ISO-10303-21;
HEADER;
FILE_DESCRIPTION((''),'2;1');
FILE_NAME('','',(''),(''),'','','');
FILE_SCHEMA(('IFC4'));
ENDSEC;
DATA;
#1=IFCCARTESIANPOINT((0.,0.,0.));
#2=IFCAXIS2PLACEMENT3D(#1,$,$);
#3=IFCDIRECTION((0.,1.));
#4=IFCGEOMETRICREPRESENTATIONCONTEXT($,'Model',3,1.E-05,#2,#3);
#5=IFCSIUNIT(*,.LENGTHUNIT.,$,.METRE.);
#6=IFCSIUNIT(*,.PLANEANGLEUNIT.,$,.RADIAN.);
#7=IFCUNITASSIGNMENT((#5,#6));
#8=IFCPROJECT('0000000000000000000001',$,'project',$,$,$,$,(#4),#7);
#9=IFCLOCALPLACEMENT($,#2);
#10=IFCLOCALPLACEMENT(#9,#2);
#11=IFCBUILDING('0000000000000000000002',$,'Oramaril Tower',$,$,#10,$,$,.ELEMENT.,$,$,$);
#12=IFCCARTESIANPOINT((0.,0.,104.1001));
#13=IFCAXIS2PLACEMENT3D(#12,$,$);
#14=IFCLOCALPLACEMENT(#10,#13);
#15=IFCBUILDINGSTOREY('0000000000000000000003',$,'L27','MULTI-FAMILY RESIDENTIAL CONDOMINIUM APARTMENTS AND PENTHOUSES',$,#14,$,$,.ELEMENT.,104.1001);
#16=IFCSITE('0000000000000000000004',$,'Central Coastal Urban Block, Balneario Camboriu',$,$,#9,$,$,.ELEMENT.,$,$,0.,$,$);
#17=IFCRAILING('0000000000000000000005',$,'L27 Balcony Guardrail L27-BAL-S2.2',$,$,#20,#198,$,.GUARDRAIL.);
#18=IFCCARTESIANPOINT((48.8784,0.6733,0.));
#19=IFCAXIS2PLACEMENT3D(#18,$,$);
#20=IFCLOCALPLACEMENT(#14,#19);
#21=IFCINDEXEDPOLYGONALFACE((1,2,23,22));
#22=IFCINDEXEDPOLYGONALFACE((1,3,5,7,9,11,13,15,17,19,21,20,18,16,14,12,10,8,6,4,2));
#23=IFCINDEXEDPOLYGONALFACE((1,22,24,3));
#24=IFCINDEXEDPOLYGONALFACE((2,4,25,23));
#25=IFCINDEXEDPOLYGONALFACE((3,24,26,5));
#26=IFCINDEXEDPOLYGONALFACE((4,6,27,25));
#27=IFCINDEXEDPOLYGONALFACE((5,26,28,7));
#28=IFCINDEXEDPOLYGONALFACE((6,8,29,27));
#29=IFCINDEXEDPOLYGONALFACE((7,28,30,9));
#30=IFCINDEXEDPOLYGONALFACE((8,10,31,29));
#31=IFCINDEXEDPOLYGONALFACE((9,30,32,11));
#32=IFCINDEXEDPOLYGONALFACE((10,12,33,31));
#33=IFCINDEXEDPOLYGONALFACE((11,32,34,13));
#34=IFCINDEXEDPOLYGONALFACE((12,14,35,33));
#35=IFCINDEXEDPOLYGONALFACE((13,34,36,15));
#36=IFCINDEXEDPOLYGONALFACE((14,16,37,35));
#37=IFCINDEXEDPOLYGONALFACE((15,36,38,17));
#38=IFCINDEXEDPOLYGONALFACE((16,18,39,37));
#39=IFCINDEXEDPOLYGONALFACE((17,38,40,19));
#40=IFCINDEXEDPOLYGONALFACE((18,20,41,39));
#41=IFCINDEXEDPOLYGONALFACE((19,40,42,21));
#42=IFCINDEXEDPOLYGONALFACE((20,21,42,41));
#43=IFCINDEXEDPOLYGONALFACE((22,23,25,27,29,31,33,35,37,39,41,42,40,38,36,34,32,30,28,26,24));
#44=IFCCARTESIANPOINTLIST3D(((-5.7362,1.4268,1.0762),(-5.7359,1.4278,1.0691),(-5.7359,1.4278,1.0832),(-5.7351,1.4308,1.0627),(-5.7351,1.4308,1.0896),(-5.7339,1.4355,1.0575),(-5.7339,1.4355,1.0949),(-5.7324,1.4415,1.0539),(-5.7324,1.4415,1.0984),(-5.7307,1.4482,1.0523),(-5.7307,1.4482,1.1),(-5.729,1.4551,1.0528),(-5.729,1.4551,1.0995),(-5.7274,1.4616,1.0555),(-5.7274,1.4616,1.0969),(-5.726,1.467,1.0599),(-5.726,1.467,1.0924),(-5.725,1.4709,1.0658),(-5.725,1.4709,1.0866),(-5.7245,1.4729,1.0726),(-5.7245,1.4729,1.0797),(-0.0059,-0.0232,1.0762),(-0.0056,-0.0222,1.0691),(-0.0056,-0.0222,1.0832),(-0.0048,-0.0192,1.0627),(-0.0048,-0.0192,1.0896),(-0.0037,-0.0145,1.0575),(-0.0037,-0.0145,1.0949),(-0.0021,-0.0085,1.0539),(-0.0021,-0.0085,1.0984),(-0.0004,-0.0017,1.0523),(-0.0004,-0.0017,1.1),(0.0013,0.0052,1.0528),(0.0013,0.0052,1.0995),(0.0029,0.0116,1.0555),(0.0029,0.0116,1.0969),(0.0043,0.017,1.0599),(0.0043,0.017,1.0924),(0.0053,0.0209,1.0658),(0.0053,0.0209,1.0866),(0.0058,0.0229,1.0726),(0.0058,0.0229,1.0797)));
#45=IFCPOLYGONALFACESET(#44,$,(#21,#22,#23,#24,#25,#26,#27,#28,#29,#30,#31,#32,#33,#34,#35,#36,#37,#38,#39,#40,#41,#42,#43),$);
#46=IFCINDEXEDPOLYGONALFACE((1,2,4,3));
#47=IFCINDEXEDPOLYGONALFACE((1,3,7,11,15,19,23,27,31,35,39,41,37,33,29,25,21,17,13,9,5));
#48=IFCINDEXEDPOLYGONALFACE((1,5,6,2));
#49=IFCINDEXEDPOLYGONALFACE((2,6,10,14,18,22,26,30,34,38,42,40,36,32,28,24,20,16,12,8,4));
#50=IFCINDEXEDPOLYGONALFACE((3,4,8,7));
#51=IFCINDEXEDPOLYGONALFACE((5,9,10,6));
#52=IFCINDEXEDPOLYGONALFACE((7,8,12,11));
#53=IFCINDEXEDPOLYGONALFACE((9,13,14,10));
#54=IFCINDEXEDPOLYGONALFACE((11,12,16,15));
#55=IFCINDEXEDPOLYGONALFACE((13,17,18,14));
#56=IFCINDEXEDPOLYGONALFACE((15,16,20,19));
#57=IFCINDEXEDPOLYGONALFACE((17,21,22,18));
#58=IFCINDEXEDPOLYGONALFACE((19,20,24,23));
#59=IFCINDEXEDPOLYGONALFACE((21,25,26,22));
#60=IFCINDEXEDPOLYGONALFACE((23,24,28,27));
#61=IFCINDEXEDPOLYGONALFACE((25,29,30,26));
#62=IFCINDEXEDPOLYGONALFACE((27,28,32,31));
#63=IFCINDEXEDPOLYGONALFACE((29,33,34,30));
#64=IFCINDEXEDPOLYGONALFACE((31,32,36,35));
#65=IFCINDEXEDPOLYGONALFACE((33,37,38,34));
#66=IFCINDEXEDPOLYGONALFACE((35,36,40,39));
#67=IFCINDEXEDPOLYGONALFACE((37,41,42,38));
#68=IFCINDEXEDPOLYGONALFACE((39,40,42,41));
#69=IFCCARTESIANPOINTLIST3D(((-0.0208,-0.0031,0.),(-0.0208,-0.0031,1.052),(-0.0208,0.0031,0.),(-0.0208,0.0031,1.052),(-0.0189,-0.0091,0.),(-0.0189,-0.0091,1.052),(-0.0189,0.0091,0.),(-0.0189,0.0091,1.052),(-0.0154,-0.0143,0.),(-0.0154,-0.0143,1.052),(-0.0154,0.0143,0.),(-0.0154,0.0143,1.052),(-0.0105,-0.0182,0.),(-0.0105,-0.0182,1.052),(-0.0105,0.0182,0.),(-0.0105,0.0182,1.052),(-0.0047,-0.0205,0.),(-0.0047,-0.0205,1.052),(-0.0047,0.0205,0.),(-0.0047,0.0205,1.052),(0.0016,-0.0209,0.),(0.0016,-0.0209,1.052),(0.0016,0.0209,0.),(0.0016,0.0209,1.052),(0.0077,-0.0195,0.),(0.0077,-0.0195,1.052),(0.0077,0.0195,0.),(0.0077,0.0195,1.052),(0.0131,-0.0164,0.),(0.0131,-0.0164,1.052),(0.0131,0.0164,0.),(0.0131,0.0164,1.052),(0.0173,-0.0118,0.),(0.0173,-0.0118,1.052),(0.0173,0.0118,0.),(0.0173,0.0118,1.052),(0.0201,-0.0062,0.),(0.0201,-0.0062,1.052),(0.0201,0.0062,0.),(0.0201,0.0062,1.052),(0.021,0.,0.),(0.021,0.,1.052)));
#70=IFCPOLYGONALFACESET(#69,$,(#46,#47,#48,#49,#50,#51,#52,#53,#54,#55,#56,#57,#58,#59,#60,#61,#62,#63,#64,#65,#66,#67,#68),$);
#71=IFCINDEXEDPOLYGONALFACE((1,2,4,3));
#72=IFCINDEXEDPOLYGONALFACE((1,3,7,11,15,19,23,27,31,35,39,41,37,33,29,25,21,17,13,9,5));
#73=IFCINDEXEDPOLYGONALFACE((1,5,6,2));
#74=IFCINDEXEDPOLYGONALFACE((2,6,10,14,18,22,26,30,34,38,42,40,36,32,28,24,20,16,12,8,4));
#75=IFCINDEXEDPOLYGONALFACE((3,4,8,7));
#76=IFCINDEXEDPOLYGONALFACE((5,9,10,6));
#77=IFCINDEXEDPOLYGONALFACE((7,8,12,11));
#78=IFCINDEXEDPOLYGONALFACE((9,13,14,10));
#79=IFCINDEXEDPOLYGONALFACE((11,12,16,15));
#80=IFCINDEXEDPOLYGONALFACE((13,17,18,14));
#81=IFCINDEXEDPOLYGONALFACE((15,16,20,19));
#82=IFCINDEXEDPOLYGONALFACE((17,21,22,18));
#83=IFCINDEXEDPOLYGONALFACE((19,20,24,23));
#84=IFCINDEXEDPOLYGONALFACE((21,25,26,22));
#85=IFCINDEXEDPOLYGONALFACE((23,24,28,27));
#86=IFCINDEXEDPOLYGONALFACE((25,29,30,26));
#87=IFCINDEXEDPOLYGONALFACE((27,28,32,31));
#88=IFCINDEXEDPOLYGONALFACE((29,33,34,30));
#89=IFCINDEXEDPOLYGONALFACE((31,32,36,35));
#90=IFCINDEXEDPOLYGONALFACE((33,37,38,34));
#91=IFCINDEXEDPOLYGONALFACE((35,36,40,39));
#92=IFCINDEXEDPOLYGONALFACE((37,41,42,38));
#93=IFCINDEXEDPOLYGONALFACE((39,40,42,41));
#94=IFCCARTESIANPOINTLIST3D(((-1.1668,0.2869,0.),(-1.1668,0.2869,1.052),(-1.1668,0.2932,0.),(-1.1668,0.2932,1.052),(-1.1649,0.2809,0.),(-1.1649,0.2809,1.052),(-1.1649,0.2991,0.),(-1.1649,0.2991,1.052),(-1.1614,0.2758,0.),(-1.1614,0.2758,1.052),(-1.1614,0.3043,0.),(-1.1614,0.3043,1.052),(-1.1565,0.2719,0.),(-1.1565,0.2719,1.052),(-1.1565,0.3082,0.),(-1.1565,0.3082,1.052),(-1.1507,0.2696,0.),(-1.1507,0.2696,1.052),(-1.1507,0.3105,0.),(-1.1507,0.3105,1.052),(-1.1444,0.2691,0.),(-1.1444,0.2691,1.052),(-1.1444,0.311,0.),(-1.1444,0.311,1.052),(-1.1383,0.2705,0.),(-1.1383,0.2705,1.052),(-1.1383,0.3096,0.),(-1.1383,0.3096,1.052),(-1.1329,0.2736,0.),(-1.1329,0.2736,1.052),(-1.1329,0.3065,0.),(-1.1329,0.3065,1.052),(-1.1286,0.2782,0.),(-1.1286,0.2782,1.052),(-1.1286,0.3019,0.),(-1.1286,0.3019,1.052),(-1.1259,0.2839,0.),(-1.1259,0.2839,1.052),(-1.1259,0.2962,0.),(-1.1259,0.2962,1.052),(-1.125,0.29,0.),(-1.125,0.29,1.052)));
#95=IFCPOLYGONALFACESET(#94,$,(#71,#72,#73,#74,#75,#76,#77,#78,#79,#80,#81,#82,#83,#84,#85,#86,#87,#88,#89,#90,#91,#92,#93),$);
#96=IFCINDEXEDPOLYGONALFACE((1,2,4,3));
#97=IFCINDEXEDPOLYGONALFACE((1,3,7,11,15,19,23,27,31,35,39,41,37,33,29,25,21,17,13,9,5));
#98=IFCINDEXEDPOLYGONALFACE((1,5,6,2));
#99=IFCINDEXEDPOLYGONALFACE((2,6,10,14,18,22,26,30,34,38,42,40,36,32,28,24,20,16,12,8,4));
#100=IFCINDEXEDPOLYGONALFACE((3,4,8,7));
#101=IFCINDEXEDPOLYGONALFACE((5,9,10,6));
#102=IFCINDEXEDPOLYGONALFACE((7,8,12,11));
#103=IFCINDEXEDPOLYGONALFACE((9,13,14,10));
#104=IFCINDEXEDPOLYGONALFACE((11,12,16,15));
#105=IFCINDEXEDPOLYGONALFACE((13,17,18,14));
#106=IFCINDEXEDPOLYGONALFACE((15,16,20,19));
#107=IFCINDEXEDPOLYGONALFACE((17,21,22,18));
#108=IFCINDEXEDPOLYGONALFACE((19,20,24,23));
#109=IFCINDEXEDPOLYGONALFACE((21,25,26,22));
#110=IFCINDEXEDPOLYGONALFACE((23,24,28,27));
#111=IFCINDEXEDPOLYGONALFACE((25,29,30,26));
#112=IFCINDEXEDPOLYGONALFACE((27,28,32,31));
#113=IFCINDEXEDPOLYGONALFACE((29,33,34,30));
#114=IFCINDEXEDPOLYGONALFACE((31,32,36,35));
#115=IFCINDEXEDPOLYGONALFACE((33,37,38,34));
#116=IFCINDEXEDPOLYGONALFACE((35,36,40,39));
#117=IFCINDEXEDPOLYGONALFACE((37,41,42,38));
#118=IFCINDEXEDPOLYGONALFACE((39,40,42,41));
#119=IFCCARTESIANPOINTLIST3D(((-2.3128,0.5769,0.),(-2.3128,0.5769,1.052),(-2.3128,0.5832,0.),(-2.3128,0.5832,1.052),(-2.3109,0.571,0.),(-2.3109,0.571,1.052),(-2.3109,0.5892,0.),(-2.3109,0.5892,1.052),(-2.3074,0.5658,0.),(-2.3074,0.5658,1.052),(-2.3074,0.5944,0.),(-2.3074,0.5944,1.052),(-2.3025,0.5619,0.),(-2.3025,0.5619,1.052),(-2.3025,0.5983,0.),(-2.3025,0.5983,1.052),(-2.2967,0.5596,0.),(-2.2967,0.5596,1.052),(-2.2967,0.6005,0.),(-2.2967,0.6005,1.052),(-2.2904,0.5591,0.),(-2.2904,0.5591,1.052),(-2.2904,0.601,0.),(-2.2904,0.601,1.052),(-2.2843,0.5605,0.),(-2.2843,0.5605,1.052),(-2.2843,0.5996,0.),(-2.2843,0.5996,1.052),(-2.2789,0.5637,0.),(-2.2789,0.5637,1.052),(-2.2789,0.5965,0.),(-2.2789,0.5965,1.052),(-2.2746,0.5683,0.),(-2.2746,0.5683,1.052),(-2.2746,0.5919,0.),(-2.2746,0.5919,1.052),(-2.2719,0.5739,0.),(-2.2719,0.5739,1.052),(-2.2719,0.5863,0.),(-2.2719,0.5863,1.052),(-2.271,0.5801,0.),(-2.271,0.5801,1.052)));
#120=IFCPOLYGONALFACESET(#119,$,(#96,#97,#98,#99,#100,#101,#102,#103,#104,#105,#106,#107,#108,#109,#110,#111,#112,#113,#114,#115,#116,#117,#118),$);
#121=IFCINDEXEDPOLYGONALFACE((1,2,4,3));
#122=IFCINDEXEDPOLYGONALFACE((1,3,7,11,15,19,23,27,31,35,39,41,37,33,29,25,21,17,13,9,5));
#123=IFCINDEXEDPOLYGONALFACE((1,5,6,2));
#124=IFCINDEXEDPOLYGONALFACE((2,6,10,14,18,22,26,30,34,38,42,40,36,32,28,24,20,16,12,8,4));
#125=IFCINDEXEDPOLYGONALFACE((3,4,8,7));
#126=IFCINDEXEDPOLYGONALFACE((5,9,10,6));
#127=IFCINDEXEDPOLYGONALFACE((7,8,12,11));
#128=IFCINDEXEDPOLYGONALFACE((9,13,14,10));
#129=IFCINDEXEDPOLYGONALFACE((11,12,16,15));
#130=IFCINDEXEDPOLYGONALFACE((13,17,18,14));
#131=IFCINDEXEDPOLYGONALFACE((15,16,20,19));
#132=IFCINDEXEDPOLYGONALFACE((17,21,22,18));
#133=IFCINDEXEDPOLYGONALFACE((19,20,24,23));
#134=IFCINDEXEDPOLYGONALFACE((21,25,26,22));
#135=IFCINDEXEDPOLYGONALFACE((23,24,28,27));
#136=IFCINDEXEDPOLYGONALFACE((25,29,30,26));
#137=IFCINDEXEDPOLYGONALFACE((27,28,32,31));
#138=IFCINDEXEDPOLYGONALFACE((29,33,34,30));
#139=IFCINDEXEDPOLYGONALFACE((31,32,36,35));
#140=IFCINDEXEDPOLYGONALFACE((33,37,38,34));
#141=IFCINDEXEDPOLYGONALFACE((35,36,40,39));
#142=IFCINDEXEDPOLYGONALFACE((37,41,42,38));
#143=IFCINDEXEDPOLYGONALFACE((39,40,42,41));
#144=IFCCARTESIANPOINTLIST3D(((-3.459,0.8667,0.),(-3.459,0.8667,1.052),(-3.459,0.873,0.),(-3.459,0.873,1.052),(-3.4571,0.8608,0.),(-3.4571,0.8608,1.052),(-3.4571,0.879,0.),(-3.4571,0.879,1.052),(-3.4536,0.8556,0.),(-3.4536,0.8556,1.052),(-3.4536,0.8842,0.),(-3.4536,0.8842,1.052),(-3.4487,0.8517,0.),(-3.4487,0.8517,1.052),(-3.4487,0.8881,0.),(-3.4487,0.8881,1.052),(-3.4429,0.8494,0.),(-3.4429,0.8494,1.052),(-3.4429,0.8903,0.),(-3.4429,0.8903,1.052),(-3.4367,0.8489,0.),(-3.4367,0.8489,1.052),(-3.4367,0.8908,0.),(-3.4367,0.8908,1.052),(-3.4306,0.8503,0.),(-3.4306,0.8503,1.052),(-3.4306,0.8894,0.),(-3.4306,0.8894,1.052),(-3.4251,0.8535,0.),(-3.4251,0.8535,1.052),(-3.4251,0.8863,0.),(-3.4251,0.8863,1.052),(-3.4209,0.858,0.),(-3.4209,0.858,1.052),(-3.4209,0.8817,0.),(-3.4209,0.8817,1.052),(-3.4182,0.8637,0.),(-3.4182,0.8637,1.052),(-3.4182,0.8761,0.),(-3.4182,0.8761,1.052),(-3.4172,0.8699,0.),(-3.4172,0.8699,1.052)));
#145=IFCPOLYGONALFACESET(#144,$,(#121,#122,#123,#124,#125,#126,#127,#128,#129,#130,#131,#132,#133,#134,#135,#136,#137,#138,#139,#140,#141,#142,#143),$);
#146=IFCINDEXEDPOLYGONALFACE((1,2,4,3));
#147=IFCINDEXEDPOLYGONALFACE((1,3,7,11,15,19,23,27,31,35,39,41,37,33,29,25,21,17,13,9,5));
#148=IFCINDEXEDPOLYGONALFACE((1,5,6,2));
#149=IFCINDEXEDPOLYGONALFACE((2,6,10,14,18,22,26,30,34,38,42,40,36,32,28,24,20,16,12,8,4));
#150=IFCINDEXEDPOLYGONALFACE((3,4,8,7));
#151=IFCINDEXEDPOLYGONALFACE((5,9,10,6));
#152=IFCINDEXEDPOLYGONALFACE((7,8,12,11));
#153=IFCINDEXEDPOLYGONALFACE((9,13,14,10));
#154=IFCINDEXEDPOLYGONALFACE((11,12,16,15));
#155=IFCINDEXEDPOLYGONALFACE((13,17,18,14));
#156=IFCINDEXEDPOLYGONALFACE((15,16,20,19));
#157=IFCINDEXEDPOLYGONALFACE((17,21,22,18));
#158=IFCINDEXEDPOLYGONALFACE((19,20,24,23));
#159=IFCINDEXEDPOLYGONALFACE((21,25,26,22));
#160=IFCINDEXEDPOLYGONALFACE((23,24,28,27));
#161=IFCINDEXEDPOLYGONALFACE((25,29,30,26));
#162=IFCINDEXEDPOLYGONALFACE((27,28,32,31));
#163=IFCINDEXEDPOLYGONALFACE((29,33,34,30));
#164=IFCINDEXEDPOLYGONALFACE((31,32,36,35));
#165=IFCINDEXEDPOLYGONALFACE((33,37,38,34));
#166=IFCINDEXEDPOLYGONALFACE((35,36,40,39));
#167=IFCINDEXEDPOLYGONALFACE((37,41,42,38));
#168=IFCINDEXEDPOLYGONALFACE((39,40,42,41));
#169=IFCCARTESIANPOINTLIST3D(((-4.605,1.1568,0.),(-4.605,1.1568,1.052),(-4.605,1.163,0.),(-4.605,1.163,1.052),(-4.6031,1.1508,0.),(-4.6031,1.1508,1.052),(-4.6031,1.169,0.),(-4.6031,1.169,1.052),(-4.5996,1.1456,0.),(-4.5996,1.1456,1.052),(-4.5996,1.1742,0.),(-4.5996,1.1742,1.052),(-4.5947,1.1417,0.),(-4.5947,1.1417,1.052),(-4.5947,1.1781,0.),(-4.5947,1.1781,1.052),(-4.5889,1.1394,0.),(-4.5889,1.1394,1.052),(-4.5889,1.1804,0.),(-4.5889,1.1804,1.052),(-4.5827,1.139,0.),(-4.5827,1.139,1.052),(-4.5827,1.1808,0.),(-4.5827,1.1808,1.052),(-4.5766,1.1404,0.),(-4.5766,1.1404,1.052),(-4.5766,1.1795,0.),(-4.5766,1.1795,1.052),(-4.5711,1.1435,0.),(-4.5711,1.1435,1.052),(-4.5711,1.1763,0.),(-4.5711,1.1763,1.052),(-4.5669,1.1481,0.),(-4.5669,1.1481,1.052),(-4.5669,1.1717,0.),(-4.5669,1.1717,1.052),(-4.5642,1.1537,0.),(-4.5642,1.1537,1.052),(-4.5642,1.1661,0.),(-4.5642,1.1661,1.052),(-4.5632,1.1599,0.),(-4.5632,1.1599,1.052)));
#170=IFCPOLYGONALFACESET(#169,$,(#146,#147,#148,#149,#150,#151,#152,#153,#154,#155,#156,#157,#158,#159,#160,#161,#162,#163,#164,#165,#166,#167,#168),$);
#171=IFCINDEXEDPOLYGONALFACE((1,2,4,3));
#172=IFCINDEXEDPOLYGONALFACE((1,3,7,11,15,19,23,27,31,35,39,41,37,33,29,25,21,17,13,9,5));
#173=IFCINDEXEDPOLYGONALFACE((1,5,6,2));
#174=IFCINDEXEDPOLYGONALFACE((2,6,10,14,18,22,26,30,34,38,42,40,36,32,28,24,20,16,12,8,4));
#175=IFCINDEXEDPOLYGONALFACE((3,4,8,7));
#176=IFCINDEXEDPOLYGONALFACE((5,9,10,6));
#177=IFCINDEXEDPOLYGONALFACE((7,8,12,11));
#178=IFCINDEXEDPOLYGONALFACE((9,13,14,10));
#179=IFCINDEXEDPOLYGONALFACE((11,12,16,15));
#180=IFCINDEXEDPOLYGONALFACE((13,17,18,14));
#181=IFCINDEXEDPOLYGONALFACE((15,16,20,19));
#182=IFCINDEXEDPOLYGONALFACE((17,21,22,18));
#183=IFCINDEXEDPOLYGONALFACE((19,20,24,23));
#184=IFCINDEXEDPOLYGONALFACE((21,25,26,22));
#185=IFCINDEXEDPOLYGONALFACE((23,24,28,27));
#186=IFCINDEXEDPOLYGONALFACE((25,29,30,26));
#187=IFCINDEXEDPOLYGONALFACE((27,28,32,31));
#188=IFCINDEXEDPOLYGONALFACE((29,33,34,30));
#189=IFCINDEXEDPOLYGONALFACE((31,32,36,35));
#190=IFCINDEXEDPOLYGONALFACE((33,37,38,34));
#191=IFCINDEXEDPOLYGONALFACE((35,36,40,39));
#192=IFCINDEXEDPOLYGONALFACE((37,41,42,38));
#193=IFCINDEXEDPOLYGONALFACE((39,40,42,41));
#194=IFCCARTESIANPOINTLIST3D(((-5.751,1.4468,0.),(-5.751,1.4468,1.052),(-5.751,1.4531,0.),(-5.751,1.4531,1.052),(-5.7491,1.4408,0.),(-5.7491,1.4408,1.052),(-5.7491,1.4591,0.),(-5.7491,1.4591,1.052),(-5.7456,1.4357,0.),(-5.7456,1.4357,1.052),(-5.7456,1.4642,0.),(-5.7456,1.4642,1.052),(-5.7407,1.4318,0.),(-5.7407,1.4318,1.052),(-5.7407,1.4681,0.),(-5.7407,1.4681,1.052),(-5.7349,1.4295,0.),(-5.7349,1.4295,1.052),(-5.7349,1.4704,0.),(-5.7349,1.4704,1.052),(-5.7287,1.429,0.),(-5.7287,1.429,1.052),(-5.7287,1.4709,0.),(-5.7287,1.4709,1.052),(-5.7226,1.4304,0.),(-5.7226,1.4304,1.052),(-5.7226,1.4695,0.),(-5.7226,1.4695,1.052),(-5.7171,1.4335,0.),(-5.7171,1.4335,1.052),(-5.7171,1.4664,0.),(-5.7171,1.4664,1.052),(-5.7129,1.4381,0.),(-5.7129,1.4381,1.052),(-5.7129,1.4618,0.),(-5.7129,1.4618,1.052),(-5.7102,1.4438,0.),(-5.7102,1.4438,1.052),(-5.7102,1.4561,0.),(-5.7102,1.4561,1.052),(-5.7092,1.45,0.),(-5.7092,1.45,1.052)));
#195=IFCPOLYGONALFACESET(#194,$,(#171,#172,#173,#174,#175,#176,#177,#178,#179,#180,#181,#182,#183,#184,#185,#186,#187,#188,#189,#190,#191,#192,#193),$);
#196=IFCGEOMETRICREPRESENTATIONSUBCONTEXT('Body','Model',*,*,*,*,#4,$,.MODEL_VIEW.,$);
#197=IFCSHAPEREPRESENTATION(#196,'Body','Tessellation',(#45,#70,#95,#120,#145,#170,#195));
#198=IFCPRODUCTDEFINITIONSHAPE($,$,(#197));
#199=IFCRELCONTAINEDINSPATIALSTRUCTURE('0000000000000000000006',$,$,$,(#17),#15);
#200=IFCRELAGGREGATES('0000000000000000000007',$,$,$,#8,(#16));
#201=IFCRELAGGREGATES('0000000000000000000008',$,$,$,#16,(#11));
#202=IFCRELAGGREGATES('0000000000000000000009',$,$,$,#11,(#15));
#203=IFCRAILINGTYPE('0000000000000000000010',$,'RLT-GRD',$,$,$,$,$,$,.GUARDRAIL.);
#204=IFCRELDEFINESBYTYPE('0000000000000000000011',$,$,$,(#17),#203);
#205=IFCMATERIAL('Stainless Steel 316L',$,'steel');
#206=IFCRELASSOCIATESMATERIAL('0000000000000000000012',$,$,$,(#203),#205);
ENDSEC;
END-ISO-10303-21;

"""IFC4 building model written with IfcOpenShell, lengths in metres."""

from ifc_helpers import new_model, si_unit, direction, frame, origin, origin_2d, place, context, subcontext, project, spatial, circle, extrude, material, type_object, element, save


model = new_model("IFC4")

# Units and contexts
model_context = context("Model", 3, precision=1e-05, world=origin(), true_north=direction((0.0, 1.0)))
body_context = subcontext(model_context, "Body", "Model", "MODEL_VIEW")
ifc_project = project(units=[si_unit("LENGTHUNIT", "METRE"), si_unit("PLANEANGLEUNIT", "RADIAN")], contexts=[model_context])

# Site, building, storey
site_placement = place(None, origin())
site = spatial("IfcSite", under=ifc_project, at=site_placement, Name="Central Coastal Urban Block, Balneario Camboriu", CompositionType="ELEMENT", RefElevation=0.0)
building_placement = place(site_placement, origin())
building = spatial("IfcBuilding", under=site, at=building_placement, Name="Oramaril Tower", CompositionType="ELEMENT")
storey_placement = place(building_placement, frame((0.0, 0.0, 104.1001)))
storey = spatial("IfcBuildingStorey", under=building, at=storey_placement, Name="L27", Description="MULTI-FAMILY RESIDENTIAL CONDOMINIUM APARTMENTS AND PENTHOUSES", CompositionType="ELEMENT", Elevation=104.1001)

# Railing
ifc_material_1 = material(Name="Stainless Steel 316L", Category="steel")
railing_type = type_object("IfcRailingType", Name="RLT-GRD", PredefinedType="GUARDRAIL", material=ifc_material_1)
railing_1_placement = place(storey_placement, frame((48.8784, 0.6733, 0.0)))
element("IfcRailing", 1, at=railing_1_placement, inside=storey, type_object=railing_type, Name="L27 Balcony Guardrail L27-BAL-S2.2", PredefinedType="GUARDRAIL", context=body_context, shape_type="SweptSolid", body=[
    extrude(circle(Radius=0.0239, at=origin_2d()), frame((0.0, 0.0, 1.0762), z_axis=(-0.969446, 0.245304, 0.0), x_axis=(-0.245304, -0.969446, 0.0)), (0.0, 0.0, 1.0), 5.9109),
    extrude(circle(Radius=0.021, at=origin_2d()), origin(), (0.0, 0.0, 1.0), 1.052),
    extrude(circle(Radius=0.021, at=origin_2d()), frame((-1.146, 0.29, 0.0)), (0.0, 0.0, 1.0), 1.052),
    extrude(circle(Radius=0.021, at=origin_2d()), frame((-2.292, 0.5801, 0.0)), (0.0, 0.0, 1.0), 1.052),
    extrude(circle(Radius=0.021, at=origin_2d()), frame((-3.4382, 0.8699, 0.0)), (0.0, 0.0, 1.0), 1.052),
    extrude(circle(Radius=0.021, at=origin_2d()), frame((-4.5842, 1.1599, 0.0)), (0.0, 0.0, 1.0), 1.052),
    extrude(circle(Radius=0.021, at=origin_2d()), frame((-5.7302, 1.45, 0.0)), (0.0, 0.0, 1.0), 1.052),
])

save(model, "model.ifc")
